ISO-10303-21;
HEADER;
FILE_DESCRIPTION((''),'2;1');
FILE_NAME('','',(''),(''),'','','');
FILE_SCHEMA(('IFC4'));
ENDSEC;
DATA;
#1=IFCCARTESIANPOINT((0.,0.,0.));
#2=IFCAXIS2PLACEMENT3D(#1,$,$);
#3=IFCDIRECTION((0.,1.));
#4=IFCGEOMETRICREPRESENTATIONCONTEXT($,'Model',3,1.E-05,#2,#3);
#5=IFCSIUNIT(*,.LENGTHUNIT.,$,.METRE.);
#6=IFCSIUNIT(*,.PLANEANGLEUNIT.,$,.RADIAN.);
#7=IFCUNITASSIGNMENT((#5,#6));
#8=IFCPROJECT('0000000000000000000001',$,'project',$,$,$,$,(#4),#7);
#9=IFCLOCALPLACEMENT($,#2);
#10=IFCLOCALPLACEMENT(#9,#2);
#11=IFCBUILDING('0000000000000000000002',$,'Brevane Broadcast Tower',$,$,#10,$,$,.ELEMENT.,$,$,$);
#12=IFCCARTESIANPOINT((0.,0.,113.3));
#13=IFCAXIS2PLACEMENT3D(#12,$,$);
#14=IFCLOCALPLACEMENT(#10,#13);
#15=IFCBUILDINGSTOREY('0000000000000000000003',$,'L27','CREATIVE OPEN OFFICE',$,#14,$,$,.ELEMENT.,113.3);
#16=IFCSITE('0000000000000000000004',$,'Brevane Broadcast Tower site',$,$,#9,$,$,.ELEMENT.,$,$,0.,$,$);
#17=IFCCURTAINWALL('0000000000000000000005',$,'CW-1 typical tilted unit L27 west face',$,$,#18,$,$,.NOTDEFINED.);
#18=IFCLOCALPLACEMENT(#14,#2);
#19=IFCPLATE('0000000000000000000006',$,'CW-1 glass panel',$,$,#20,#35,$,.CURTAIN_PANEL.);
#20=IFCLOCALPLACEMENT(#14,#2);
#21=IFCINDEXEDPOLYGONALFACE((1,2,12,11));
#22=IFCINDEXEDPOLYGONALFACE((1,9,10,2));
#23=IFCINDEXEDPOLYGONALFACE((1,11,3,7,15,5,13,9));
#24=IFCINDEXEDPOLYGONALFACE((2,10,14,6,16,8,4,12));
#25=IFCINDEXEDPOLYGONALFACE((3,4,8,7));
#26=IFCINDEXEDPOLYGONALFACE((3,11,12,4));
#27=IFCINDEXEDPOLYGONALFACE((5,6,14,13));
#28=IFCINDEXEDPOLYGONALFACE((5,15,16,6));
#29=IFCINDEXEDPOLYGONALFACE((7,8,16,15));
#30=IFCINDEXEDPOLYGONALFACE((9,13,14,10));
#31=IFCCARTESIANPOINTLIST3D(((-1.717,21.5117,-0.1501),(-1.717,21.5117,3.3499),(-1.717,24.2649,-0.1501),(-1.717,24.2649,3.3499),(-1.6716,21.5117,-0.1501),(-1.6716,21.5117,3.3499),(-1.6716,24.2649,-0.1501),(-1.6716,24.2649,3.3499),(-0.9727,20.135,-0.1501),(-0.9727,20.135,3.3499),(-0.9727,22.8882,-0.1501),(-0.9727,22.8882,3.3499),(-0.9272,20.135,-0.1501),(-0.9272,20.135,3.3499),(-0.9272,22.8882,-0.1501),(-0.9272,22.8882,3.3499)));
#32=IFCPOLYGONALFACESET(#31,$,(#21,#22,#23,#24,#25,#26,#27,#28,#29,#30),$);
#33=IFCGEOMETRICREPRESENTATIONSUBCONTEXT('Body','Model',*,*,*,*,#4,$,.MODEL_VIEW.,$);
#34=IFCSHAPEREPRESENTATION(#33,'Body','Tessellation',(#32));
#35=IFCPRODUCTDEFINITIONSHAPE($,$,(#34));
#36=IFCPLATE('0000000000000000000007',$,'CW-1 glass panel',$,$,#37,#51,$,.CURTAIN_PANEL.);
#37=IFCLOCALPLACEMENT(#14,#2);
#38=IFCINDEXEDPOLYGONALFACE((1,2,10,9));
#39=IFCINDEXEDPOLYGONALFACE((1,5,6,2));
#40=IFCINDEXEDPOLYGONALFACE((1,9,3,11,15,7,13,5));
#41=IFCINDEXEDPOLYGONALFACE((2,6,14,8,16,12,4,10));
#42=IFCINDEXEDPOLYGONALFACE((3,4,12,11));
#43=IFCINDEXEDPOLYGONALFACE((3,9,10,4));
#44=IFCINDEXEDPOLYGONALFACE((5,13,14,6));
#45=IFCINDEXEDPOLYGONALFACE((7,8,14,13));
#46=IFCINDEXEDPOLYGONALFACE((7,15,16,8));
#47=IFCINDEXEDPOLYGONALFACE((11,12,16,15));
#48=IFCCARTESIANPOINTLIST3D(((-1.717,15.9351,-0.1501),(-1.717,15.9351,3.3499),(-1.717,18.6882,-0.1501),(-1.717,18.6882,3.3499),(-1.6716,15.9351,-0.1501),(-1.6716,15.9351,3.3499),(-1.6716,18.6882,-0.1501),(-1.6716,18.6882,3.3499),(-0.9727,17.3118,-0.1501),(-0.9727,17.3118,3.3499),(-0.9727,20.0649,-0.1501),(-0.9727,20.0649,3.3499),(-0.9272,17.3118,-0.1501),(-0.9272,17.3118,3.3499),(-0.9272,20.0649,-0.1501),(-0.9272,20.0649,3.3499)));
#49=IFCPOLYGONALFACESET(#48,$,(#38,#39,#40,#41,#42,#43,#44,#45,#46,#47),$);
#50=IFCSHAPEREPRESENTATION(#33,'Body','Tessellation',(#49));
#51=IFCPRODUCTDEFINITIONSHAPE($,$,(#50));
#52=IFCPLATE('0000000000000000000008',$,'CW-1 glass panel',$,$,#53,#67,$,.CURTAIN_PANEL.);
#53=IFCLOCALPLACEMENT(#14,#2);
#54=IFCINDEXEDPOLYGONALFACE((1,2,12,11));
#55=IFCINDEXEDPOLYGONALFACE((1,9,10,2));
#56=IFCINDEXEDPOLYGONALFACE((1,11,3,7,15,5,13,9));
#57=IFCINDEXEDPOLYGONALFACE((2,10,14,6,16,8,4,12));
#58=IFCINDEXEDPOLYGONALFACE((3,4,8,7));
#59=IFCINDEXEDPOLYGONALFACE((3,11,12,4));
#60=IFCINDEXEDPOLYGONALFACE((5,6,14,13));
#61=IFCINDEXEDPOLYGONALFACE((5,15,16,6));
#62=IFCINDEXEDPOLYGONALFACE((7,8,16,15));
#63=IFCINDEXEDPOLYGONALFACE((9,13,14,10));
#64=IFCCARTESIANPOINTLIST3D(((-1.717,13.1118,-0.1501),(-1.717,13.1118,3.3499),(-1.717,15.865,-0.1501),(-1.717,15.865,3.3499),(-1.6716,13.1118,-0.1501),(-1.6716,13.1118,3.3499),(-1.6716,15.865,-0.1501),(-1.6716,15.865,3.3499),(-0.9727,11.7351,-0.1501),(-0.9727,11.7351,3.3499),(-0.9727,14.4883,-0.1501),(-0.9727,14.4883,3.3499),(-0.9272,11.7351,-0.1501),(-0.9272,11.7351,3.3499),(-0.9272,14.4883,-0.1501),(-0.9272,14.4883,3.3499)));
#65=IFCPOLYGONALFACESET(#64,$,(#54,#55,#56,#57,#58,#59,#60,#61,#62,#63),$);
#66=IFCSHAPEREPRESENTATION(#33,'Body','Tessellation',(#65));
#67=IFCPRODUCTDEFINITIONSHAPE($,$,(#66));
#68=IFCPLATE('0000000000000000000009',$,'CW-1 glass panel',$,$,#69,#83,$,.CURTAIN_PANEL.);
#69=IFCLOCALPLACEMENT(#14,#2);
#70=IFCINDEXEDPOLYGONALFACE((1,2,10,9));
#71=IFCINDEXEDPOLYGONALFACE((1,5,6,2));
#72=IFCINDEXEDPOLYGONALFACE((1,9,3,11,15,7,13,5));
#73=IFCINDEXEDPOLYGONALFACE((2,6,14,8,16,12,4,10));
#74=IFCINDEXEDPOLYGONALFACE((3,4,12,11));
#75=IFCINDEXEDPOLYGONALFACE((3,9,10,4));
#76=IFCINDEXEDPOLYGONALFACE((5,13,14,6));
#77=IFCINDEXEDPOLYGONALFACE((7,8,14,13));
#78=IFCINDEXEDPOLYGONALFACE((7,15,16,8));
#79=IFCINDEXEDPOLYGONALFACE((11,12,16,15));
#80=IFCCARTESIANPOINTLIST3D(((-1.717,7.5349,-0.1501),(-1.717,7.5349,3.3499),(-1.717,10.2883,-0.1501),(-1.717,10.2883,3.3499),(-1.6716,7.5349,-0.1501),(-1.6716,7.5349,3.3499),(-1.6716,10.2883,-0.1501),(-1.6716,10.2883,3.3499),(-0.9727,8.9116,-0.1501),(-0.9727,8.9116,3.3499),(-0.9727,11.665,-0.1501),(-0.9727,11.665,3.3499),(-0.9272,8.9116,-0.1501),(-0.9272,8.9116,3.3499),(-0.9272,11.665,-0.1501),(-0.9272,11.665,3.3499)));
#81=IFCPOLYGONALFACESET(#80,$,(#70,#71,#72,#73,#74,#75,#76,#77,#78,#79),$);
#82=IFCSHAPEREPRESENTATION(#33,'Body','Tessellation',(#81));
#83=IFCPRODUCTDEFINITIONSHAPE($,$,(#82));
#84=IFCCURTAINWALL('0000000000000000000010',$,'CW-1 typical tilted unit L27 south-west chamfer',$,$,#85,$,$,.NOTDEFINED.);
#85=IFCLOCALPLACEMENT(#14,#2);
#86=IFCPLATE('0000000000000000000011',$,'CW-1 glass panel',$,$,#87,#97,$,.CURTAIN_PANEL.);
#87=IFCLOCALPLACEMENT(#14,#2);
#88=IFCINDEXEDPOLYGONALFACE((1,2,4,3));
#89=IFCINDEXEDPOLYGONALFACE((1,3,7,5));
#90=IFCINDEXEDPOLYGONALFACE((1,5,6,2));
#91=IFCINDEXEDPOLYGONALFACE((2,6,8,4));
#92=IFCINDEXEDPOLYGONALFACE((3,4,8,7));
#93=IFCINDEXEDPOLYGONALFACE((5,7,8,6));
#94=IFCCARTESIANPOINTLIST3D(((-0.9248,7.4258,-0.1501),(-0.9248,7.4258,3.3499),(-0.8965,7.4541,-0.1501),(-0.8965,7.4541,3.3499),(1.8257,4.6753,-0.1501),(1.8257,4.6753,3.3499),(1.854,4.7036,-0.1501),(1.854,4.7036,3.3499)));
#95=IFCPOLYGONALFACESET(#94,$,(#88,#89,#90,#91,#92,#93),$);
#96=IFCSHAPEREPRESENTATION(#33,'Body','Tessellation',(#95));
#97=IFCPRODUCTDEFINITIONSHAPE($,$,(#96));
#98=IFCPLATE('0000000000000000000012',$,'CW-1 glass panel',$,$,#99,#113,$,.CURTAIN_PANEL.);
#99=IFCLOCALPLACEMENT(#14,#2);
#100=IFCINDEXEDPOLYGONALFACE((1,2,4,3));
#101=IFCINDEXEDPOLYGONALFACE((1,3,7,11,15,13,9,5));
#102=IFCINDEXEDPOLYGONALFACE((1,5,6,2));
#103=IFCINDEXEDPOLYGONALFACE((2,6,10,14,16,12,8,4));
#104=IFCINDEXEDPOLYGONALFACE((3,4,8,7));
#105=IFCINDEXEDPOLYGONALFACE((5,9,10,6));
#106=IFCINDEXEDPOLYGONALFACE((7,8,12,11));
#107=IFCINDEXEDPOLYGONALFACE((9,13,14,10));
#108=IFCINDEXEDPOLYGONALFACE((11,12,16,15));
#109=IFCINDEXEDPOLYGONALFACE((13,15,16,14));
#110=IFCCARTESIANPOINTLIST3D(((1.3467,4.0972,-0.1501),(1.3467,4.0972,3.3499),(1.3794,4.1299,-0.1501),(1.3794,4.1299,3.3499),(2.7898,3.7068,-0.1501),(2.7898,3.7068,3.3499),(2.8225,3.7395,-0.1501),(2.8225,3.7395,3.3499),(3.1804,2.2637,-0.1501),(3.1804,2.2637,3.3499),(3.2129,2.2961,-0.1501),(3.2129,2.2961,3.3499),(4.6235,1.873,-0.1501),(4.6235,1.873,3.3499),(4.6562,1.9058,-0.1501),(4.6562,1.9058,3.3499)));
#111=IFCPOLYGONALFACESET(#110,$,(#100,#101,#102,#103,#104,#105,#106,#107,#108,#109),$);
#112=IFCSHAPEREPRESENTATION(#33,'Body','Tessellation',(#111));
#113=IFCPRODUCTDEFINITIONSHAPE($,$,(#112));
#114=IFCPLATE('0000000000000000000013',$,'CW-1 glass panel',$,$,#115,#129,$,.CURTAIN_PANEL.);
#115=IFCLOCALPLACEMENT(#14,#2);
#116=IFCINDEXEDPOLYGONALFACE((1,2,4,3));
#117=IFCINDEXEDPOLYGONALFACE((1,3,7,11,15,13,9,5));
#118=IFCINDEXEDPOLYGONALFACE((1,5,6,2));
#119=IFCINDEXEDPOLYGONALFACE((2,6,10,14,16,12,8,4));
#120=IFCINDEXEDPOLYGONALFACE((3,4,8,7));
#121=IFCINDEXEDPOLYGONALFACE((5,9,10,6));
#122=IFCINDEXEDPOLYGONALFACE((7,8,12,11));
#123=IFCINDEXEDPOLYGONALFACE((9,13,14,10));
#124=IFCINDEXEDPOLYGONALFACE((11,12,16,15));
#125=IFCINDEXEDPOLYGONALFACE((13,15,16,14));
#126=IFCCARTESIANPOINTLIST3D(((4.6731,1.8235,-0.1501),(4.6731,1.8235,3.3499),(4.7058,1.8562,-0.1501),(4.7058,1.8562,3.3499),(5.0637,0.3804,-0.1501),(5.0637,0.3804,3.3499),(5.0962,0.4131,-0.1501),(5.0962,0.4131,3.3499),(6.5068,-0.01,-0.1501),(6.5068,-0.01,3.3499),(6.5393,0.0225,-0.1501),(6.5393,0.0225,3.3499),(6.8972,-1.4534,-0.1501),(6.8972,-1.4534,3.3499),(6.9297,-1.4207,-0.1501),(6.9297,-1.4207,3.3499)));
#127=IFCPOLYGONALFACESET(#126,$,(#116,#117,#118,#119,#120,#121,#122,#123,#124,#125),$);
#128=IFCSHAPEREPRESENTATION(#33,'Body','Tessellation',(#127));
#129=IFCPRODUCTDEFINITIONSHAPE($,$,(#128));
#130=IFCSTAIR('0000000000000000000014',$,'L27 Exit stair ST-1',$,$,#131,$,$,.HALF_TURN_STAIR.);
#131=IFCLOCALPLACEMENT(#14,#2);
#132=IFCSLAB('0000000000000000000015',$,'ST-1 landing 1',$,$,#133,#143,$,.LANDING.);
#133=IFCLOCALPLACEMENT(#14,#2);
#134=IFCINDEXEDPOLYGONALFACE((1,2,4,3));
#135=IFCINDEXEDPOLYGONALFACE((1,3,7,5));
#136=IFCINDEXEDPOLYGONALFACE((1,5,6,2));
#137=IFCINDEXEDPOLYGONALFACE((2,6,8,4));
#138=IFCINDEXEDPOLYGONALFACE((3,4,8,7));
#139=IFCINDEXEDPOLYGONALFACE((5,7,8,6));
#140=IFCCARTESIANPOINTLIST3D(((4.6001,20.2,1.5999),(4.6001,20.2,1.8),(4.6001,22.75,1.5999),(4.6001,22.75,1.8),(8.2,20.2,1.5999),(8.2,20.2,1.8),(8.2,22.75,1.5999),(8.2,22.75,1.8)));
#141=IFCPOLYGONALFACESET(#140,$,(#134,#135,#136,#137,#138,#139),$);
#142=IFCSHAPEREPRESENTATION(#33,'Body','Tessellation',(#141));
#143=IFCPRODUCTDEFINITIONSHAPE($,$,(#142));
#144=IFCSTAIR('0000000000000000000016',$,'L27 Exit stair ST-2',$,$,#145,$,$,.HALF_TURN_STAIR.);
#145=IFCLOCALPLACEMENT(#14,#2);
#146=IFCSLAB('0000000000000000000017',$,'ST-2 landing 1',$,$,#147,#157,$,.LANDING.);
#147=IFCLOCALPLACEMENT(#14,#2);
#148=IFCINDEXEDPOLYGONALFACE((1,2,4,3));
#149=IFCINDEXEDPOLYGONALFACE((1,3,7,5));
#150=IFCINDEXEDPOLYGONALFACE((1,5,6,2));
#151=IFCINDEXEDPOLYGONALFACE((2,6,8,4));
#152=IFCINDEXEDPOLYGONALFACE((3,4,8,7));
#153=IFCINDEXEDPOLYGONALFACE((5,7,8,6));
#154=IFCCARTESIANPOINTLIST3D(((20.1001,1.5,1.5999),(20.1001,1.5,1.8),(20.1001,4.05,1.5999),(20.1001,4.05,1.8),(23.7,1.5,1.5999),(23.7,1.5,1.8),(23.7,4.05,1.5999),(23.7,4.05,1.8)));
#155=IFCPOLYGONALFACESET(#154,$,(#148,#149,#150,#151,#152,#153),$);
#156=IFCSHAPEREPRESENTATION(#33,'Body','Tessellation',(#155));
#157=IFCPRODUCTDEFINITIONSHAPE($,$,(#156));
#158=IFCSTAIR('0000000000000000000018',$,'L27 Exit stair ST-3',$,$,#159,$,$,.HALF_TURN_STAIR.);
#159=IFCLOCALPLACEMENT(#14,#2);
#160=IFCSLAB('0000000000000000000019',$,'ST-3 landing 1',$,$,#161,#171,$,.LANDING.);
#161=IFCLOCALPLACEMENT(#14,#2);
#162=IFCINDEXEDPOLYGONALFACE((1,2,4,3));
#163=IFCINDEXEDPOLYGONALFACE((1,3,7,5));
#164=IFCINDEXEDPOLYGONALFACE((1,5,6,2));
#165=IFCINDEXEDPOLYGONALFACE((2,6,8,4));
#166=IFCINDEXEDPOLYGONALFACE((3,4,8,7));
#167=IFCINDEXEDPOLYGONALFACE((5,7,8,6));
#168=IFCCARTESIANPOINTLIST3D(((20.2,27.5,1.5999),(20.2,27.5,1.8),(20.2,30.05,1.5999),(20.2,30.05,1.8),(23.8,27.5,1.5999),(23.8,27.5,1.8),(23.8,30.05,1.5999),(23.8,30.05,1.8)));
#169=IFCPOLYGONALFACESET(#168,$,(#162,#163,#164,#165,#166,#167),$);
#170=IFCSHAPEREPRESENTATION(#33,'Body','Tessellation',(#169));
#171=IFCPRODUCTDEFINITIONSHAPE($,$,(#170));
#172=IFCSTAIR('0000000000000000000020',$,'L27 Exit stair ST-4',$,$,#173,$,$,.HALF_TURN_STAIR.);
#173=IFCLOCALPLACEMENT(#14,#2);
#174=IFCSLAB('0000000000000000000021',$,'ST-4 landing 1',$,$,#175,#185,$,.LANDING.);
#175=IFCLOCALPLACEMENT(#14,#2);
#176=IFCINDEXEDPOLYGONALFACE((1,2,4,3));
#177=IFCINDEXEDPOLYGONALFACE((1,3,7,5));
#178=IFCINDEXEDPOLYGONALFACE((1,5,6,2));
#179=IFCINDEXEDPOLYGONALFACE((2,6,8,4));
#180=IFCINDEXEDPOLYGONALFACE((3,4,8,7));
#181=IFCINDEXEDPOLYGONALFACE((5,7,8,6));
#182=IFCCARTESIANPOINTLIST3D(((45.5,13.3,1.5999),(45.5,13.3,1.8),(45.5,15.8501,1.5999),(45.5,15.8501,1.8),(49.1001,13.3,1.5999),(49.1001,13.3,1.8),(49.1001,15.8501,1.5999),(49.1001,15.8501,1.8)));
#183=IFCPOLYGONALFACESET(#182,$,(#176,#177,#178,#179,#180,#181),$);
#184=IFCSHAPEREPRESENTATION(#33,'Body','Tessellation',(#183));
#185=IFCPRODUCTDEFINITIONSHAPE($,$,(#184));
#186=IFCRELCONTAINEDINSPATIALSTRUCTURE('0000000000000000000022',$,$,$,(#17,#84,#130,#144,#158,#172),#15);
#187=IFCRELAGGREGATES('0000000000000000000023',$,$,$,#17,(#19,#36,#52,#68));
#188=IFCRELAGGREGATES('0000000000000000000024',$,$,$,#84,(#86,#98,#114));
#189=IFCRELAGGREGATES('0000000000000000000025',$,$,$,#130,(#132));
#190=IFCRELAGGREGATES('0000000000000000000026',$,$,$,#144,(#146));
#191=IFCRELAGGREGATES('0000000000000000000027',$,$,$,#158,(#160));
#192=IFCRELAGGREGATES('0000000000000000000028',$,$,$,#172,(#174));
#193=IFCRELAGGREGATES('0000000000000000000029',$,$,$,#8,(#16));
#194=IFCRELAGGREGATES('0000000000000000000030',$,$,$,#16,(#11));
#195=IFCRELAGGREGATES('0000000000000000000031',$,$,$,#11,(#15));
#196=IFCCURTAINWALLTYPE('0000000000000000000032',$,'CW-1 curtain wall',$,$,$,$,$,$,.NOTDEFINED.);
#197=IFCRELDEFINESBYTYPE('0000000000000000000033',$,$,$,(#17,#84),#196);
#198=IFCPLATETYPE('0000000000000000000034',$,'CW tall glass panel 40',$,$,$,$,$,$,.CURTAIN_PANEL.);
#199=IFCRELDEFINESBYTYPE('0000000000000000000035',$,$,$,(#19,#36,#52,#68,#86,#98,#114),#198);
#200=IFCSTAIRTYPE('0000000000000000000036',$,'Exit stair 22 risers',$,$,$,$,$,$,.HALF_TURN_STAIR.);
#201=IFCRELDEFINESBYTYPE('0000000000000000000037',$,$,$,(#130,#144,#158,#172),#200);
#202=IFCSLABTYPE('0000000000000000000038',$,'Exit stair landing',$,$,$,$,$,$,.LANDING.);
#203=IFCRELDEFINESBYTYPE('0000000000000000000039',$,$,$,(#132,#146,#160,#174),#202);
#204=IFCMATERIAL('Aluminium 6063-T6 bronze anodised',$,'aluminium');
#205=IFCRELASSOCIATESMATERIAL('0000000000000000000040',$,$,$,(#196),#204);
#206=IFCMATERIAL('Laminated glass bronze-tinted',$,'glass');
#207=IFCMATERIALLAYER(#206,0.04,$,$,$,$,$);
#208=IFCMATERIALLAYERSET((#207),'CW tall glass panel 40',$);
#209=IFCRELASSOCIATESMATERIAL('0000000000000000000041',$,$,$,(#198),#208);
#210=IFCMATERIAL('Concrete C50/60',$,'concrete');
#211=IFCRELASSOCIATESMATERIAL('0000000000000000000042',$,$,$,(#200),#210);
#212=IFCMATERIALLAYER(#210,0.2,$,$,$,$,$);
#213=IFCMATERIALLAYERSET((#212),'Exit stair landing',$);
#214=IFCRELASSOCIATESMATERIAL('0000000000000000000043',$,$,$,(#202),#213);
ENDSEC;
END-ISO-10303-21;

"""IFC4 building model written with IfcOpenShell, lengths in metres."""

from ifc_helpers import new_model, si_unit, direction, frame, origin, place, context, subcontext, project, spatial, polyline, outline, extrude, material, layer, layer_set, type_object, element, aggregate, save


model = new_model("IFC4")

# Units and contexts
model_context = context("Model", 3, precision=1e-05, world=origin(), true_north=direction((0.0, 1.0)))
body_context = subcontext(model_context, "Body", "Model", "MODEL_VIEW")
ifc_project = project(units=[si_unit("LENGTHUNIT", "METRE"), si_unit("PLANEANGLEUNIT", "RADIAN")], contexts=[model_context])

# Site, building, storey
site_placement = place(None, origin())
site = spatial("IfcSite", under=ifc_project, at=site_placement, Name="Brevane Broadcast Tower site", CompositionType="ELEMENT", RefElevation=0.0)
building_placement = place(site_placement, origin())
building = spatial("IfcBuilding", under=site, at=building_placement, Name="Brevane Broadcast Tower", CompositionType="ELEMENT")
storey_placement = place(building_placement, frame((0.0, 0.0, 113.3)))
storey = spatial("IfcBuildingStorey", under=building, at=storey_placement, Name="L27", Description="CREATIVE OPEN OFFICE", CompositionType="ELEMENT", Elevation=113.3)

# Curtain walls, plates
ifc_material_1 = material(Name="Aluminium 6063-T6 bronze anodised", Category="aluminium")
curtain_wall_type = type_object("IfcCurtainWallType", Name="CW-1 curtain wall", PredefinedType="NOTDEFINED", material=ifc_material_1)
ifc_material_2 = material(Name="Laminated glass bronze-tinted", Category="glass")
ifc_layer_1 = layer(ifc_material_2, 0.04)
ifc_layer_set_1 = layer_set([ifc_layer_1], Name="CW tall glass panel 40")
plate_type = type_object("IfcPlateType", Name="CW tall glass panel 40", PredefinedType="CURTAIN_PANEL", material=ifc_layer_set_1)
curtain_wall_1_placement = place(storey_placement, origin())
curtain_wall_1 = element("IfcCurtainWall", 1, at=curtain_wall_1_placement, inside=storey, type_object=curtain_wall_type, Name="CW-1 typical tilted unit L27 west face", PredefinedType="NOTDEFINED")
plate_1_placement = place(storey_placement, frame((0.0, 0.0, -0.1501)))
plate_1 = element("IfcPlate", 2, at=plate_1_placement, type_object=plate_type, Name="CW-1 glass panel", PredefinedType="CURTAIN_PANEL", context=body_context, shape_type="SweptSolid", body=[
    extrude(outline(polyline([(-1.6716, 24.2649), (-1.717, 24.2649), (-0.9727, 22.8882), (-1.717, 21.5117), (-0.9727, 20.135), (-0.9272, 20.135), (-1.6716, 21.5117), (-0.9272, 22.8882), (-1.6716, 24.2649)])), origin(), (0.0, 0.0, 1.0), 3.5),
])
plate_2_placement = place(storey_placement, frame((0.0, 0.0, -0.1501)))
plate_2 = element("IfcPlate", 3, at=plate_2_placement, type_object=plate_type, Name="CW-1 glass panel", PredefinedType="CURTAIN_PANEL", context=body_context, shape_type="SweptSolid", body=[
    extrude(outline(polyline([(-0.9272, 20.0649), (-0.9727, 20.0649), (-1.717, 18.6882), (-0.9727, 17.3118), (-1.717, 15.9351), (-1.6716, 15.9351), (-0.9272, 17.3118), (-1.6716, 18.6882), (-0.9272, 20.0649)])), origin(), (0.0, 0.0, 1.0), 3.5),
])
plate_3_placement = place(storey_placement, frame((0.0, 0.0, -0.1501)))
plate_3 = element("IfcPlate", 4, at=plate_3_placement, type_object=plate_type, Name="CW-1 glass panel", PredefinedType="CURTAIN_PANEL", context=body_context, shape_type="SweptSolid", body=[
    extrude(outline(polyline([(-1.6716, 15.865), (-1.717, 15.865), (-0.9727, 14.4883), (-1.717, 13.1118), (-0.9727, 11.7351), (-0.9272, 11.7351), (-1.6716, 13.1118), (-0.9272, 14.4883), (-1.6716, 15.865)])), origin(), (0.0, 0.0, 1.0), 3.5),
])
plate_4_placement = place(storey_placement, frame((0.0, 0.0, -0.1501)))
plate_4 = element("IfcPlate", 5, at=plate_4_placement, type_object=plate_type, Name="CW-1 glass panel", PredefinedType="CURTAIN_PANEL", context=body_context, shape_type="SweptSolid", body=[
    extrude(outline(polyline([(-0.9272, 11.665), (-0.9727, 11.665), (-1.717, 10.2883), (-0.9727, 8.9116), (-1.717, 7.5349), (-1.6716, 7.5349), (-0.9272, 8.9116), (-1.6716, 10.2883), (-0.9272, 11.665)])), origin(), (0.0, 0.0, 1.0), 3.5),
])
aggregate(curtain_wall_1, [plate_1, plate_2, plate_3, plate_4])
curtain_wall_2_placement = place(storey_placement, origin())
curtain_wall_2 = element("IfcCurtainWall", 6, at=curtain_wall_2_placement, inside=storey, type_object=curtain_wall_type, Name="CW-1 typical tilted unit L27 south-west chamfer", PredefinedType="NOTDEFINED")
plate_5_placement = place(storey_placement, frame((0.0, 0.0, -0.1501)))
plate_5 = element("IfcPlate", 7, at=plate_5_placement, type_object=plate_type, Name="CW-1 glass panel", PredefinedType="CURTAIN_PANEL", context=body_context, shape_type="SweptSolid", body=[
    extrude(outline(polyline([(-0.8965, 7.4541), (1.854, 4.7036), (1.8257, 4.6753), (-0.9248, 7.4258), (-0.8965, 7.4541)])), origin(), (0.0, 0.0, 1.0), 3.5),
])
plate_6_placement = place(storey_placement, frame((0.0, 0.0, -0.1501)))
plate_6 = element("IfcPlate", 8, at=plate_6_placement, type_object=plate_type, Name="CW-1 glass panel", PredefinedType="CURTAIN_PANEL", context=body_context, shape_type="SweptSolid", body=[
    extrude(outline(polyline([(1.3794, 4.1299), (1.3467, 4.0972), (2.7898, 3.7068), (3.1804, 2.2637), (4.6235, 1.873), (4.6562, 1.9058), (3.2129, 2.2961), (2.8225, 3.7395), (1.3794, 4.1299)])), origin(), (0.0, 0.0, 1.0), 3.5),
])
plate_7_placement = place(storey_placement, frame((0.0, 0.0, -0.1501)))
plate_7 = element("IfcPlate", 9, at=plate_7_placement, type_object=plate_type, Name="CW-1 glass panel", PredefinedType="CURTAIN_PANEL", context=body_context, shape_type="SweptSolid", body=[
    extrude(outline(polyline([(4.7058, 1.8562), (4.6731, 1.8235), (5.0637, 0.3804), (6.5068, -0.01), (6.8972, -1.4534), (6.9297, -1.4207), (6.5393, 0.0225), (5.0962, 0.4131), (4.7058, 1.8562)])), origin(), (0.0, 0.0, 1.0), 3.5),
])
aggregate(curtain_wall_2, [plate_5, plate_6, plate_7])

# Stairs, slabs
ifc_material_3 = material(Name="Concrete C50/60", Category="concrete")
stair_type = type_object("IfcStairType", Name="Exit stair 22 risers", PredefinedType="HALF_TURN_STAIR", material=ifc_material_3)
stair_1_placement = place(storey_placement, origin())
stair_1 = element("IfcStair", 10, at=stair_1_placement, inside=storey, type_object=stair_type, Name="L27 Exit stair ST-1", PredefinedType="HALF_TURN_STAIR")
ifc_layer_2 = layer(ifc_material_3, 0.2)
ifc_layer_set_2 = layer_set([ifc_layer_2], Name="Exit stair landing")
slab_type_1 = type_object("IfcSlabType", Name="Exit stair landing", PredefinedType="LANDING", material=ifc_layer_set_2)
slab_1_placement = place(storey_placement, frame((0.0, 0.0, 1.5999)))
slab_1 = element("IfcSlab", 11, at=slab_1_placement, type_object=slab_type_1, Name="ST-1 landing 1", PredefinedType="LANDING", context=body_context, shape_type="SweptSolid", body=[
    extrude(outline(polyline([(4.6001, 20.2), (8.2, 20.2), (8.2, 22.75), (4.6001, 22.75), (4.6001, 20.2)])), origin(), (0.0, 0.0, 1.0), 0.2002),
])
aggregate(stair_1, [slab_1])
stair_2_placement = place(storey_placement, origin())
stair_2 = element("IfcStair", 12, at=stair_2_placement, inside=storey, type_object=stair_type, Name="L27 Exit stair ST-2", PredefinedType="HALF_TURN_STAIR")
slab_2_placement = place(storey_placement, frame((0.0, 0.0, 1.5999)))
slab_2 = element("IfcSlab", 13, at=slab_2_placement, type_object=slab_type_1, Name="ST-2 landing 1", PredefinedType="LANDING", context=body_context, shape_type="SweptSolid", body=[
    extrude(outline(polyline([(20.1001, 1.5), (23.7, 1.5), (23.7, 4.05), (20.1001, 4.05), (20.1001, 1.5)])), origin(), (0.0, 0.0, 1.0), 0.2002),
])
aggregate(stair_2, [slab_2])
stair_3_placement = place(storey_placement, origin())
stair_3 = element("IfcStair", 14, at=stair_3_placement, inside=storey, type_object=stair_type, Name="L27 Exit stair ST-3", PredefinedType="HALF_TURN_STAIR")
slab_3_placement = place(storey_placement, frame((0.0, 0.0, 1.5999)))
slab_3 = element("IfcSlab", 15, at=slab_3_placement, type_object=slab_type_1, Name="ST-3 landing 1", PredefinedType="LANDING", context=body_context, shape_type="SweptSolid", body=[
    extrude(outline(polyline([(20.2, 27.5), (23.8, 27.5), (23.8, 30.05), (20.2, 30.05), (20.2, 27.5)])), origin(), (0.0, 0.0, 1.0), 0.2002),
])
aggregate(stair_3, [slab_3])
stair_4_placement = place(storey_placement, origin())
stair_4 = element("IfcStair", 16, at=stair_4_placement, inside=storey, type_object=stair_type, Name="L27 Exit stair ST-4", PredefinedType="HALF_TURN_STAIR")
slab_4_placement = place(storey_placement, frame((0.0, 0.0, 1.5999)))
slab_4 = element("IfcSlab", 17, at=slab_4_placement, type_object=slab_type_1, Name="ST-4 landing 1", PredefinedType="LANDING", context=body_context, shape_type="SweptSolid", body=[
    extrude(outline(polyline([(45.5, 13.3), (49.1001, 13.3), (49.1001, 15.8501), (45.5, 15.8501), (45.5, 13.3)])), origin(), (0.0, 0.0, 1.0), 0.2002),
])
aggregate(stair_4, [slab_4])

save(model, "model.ifc")
